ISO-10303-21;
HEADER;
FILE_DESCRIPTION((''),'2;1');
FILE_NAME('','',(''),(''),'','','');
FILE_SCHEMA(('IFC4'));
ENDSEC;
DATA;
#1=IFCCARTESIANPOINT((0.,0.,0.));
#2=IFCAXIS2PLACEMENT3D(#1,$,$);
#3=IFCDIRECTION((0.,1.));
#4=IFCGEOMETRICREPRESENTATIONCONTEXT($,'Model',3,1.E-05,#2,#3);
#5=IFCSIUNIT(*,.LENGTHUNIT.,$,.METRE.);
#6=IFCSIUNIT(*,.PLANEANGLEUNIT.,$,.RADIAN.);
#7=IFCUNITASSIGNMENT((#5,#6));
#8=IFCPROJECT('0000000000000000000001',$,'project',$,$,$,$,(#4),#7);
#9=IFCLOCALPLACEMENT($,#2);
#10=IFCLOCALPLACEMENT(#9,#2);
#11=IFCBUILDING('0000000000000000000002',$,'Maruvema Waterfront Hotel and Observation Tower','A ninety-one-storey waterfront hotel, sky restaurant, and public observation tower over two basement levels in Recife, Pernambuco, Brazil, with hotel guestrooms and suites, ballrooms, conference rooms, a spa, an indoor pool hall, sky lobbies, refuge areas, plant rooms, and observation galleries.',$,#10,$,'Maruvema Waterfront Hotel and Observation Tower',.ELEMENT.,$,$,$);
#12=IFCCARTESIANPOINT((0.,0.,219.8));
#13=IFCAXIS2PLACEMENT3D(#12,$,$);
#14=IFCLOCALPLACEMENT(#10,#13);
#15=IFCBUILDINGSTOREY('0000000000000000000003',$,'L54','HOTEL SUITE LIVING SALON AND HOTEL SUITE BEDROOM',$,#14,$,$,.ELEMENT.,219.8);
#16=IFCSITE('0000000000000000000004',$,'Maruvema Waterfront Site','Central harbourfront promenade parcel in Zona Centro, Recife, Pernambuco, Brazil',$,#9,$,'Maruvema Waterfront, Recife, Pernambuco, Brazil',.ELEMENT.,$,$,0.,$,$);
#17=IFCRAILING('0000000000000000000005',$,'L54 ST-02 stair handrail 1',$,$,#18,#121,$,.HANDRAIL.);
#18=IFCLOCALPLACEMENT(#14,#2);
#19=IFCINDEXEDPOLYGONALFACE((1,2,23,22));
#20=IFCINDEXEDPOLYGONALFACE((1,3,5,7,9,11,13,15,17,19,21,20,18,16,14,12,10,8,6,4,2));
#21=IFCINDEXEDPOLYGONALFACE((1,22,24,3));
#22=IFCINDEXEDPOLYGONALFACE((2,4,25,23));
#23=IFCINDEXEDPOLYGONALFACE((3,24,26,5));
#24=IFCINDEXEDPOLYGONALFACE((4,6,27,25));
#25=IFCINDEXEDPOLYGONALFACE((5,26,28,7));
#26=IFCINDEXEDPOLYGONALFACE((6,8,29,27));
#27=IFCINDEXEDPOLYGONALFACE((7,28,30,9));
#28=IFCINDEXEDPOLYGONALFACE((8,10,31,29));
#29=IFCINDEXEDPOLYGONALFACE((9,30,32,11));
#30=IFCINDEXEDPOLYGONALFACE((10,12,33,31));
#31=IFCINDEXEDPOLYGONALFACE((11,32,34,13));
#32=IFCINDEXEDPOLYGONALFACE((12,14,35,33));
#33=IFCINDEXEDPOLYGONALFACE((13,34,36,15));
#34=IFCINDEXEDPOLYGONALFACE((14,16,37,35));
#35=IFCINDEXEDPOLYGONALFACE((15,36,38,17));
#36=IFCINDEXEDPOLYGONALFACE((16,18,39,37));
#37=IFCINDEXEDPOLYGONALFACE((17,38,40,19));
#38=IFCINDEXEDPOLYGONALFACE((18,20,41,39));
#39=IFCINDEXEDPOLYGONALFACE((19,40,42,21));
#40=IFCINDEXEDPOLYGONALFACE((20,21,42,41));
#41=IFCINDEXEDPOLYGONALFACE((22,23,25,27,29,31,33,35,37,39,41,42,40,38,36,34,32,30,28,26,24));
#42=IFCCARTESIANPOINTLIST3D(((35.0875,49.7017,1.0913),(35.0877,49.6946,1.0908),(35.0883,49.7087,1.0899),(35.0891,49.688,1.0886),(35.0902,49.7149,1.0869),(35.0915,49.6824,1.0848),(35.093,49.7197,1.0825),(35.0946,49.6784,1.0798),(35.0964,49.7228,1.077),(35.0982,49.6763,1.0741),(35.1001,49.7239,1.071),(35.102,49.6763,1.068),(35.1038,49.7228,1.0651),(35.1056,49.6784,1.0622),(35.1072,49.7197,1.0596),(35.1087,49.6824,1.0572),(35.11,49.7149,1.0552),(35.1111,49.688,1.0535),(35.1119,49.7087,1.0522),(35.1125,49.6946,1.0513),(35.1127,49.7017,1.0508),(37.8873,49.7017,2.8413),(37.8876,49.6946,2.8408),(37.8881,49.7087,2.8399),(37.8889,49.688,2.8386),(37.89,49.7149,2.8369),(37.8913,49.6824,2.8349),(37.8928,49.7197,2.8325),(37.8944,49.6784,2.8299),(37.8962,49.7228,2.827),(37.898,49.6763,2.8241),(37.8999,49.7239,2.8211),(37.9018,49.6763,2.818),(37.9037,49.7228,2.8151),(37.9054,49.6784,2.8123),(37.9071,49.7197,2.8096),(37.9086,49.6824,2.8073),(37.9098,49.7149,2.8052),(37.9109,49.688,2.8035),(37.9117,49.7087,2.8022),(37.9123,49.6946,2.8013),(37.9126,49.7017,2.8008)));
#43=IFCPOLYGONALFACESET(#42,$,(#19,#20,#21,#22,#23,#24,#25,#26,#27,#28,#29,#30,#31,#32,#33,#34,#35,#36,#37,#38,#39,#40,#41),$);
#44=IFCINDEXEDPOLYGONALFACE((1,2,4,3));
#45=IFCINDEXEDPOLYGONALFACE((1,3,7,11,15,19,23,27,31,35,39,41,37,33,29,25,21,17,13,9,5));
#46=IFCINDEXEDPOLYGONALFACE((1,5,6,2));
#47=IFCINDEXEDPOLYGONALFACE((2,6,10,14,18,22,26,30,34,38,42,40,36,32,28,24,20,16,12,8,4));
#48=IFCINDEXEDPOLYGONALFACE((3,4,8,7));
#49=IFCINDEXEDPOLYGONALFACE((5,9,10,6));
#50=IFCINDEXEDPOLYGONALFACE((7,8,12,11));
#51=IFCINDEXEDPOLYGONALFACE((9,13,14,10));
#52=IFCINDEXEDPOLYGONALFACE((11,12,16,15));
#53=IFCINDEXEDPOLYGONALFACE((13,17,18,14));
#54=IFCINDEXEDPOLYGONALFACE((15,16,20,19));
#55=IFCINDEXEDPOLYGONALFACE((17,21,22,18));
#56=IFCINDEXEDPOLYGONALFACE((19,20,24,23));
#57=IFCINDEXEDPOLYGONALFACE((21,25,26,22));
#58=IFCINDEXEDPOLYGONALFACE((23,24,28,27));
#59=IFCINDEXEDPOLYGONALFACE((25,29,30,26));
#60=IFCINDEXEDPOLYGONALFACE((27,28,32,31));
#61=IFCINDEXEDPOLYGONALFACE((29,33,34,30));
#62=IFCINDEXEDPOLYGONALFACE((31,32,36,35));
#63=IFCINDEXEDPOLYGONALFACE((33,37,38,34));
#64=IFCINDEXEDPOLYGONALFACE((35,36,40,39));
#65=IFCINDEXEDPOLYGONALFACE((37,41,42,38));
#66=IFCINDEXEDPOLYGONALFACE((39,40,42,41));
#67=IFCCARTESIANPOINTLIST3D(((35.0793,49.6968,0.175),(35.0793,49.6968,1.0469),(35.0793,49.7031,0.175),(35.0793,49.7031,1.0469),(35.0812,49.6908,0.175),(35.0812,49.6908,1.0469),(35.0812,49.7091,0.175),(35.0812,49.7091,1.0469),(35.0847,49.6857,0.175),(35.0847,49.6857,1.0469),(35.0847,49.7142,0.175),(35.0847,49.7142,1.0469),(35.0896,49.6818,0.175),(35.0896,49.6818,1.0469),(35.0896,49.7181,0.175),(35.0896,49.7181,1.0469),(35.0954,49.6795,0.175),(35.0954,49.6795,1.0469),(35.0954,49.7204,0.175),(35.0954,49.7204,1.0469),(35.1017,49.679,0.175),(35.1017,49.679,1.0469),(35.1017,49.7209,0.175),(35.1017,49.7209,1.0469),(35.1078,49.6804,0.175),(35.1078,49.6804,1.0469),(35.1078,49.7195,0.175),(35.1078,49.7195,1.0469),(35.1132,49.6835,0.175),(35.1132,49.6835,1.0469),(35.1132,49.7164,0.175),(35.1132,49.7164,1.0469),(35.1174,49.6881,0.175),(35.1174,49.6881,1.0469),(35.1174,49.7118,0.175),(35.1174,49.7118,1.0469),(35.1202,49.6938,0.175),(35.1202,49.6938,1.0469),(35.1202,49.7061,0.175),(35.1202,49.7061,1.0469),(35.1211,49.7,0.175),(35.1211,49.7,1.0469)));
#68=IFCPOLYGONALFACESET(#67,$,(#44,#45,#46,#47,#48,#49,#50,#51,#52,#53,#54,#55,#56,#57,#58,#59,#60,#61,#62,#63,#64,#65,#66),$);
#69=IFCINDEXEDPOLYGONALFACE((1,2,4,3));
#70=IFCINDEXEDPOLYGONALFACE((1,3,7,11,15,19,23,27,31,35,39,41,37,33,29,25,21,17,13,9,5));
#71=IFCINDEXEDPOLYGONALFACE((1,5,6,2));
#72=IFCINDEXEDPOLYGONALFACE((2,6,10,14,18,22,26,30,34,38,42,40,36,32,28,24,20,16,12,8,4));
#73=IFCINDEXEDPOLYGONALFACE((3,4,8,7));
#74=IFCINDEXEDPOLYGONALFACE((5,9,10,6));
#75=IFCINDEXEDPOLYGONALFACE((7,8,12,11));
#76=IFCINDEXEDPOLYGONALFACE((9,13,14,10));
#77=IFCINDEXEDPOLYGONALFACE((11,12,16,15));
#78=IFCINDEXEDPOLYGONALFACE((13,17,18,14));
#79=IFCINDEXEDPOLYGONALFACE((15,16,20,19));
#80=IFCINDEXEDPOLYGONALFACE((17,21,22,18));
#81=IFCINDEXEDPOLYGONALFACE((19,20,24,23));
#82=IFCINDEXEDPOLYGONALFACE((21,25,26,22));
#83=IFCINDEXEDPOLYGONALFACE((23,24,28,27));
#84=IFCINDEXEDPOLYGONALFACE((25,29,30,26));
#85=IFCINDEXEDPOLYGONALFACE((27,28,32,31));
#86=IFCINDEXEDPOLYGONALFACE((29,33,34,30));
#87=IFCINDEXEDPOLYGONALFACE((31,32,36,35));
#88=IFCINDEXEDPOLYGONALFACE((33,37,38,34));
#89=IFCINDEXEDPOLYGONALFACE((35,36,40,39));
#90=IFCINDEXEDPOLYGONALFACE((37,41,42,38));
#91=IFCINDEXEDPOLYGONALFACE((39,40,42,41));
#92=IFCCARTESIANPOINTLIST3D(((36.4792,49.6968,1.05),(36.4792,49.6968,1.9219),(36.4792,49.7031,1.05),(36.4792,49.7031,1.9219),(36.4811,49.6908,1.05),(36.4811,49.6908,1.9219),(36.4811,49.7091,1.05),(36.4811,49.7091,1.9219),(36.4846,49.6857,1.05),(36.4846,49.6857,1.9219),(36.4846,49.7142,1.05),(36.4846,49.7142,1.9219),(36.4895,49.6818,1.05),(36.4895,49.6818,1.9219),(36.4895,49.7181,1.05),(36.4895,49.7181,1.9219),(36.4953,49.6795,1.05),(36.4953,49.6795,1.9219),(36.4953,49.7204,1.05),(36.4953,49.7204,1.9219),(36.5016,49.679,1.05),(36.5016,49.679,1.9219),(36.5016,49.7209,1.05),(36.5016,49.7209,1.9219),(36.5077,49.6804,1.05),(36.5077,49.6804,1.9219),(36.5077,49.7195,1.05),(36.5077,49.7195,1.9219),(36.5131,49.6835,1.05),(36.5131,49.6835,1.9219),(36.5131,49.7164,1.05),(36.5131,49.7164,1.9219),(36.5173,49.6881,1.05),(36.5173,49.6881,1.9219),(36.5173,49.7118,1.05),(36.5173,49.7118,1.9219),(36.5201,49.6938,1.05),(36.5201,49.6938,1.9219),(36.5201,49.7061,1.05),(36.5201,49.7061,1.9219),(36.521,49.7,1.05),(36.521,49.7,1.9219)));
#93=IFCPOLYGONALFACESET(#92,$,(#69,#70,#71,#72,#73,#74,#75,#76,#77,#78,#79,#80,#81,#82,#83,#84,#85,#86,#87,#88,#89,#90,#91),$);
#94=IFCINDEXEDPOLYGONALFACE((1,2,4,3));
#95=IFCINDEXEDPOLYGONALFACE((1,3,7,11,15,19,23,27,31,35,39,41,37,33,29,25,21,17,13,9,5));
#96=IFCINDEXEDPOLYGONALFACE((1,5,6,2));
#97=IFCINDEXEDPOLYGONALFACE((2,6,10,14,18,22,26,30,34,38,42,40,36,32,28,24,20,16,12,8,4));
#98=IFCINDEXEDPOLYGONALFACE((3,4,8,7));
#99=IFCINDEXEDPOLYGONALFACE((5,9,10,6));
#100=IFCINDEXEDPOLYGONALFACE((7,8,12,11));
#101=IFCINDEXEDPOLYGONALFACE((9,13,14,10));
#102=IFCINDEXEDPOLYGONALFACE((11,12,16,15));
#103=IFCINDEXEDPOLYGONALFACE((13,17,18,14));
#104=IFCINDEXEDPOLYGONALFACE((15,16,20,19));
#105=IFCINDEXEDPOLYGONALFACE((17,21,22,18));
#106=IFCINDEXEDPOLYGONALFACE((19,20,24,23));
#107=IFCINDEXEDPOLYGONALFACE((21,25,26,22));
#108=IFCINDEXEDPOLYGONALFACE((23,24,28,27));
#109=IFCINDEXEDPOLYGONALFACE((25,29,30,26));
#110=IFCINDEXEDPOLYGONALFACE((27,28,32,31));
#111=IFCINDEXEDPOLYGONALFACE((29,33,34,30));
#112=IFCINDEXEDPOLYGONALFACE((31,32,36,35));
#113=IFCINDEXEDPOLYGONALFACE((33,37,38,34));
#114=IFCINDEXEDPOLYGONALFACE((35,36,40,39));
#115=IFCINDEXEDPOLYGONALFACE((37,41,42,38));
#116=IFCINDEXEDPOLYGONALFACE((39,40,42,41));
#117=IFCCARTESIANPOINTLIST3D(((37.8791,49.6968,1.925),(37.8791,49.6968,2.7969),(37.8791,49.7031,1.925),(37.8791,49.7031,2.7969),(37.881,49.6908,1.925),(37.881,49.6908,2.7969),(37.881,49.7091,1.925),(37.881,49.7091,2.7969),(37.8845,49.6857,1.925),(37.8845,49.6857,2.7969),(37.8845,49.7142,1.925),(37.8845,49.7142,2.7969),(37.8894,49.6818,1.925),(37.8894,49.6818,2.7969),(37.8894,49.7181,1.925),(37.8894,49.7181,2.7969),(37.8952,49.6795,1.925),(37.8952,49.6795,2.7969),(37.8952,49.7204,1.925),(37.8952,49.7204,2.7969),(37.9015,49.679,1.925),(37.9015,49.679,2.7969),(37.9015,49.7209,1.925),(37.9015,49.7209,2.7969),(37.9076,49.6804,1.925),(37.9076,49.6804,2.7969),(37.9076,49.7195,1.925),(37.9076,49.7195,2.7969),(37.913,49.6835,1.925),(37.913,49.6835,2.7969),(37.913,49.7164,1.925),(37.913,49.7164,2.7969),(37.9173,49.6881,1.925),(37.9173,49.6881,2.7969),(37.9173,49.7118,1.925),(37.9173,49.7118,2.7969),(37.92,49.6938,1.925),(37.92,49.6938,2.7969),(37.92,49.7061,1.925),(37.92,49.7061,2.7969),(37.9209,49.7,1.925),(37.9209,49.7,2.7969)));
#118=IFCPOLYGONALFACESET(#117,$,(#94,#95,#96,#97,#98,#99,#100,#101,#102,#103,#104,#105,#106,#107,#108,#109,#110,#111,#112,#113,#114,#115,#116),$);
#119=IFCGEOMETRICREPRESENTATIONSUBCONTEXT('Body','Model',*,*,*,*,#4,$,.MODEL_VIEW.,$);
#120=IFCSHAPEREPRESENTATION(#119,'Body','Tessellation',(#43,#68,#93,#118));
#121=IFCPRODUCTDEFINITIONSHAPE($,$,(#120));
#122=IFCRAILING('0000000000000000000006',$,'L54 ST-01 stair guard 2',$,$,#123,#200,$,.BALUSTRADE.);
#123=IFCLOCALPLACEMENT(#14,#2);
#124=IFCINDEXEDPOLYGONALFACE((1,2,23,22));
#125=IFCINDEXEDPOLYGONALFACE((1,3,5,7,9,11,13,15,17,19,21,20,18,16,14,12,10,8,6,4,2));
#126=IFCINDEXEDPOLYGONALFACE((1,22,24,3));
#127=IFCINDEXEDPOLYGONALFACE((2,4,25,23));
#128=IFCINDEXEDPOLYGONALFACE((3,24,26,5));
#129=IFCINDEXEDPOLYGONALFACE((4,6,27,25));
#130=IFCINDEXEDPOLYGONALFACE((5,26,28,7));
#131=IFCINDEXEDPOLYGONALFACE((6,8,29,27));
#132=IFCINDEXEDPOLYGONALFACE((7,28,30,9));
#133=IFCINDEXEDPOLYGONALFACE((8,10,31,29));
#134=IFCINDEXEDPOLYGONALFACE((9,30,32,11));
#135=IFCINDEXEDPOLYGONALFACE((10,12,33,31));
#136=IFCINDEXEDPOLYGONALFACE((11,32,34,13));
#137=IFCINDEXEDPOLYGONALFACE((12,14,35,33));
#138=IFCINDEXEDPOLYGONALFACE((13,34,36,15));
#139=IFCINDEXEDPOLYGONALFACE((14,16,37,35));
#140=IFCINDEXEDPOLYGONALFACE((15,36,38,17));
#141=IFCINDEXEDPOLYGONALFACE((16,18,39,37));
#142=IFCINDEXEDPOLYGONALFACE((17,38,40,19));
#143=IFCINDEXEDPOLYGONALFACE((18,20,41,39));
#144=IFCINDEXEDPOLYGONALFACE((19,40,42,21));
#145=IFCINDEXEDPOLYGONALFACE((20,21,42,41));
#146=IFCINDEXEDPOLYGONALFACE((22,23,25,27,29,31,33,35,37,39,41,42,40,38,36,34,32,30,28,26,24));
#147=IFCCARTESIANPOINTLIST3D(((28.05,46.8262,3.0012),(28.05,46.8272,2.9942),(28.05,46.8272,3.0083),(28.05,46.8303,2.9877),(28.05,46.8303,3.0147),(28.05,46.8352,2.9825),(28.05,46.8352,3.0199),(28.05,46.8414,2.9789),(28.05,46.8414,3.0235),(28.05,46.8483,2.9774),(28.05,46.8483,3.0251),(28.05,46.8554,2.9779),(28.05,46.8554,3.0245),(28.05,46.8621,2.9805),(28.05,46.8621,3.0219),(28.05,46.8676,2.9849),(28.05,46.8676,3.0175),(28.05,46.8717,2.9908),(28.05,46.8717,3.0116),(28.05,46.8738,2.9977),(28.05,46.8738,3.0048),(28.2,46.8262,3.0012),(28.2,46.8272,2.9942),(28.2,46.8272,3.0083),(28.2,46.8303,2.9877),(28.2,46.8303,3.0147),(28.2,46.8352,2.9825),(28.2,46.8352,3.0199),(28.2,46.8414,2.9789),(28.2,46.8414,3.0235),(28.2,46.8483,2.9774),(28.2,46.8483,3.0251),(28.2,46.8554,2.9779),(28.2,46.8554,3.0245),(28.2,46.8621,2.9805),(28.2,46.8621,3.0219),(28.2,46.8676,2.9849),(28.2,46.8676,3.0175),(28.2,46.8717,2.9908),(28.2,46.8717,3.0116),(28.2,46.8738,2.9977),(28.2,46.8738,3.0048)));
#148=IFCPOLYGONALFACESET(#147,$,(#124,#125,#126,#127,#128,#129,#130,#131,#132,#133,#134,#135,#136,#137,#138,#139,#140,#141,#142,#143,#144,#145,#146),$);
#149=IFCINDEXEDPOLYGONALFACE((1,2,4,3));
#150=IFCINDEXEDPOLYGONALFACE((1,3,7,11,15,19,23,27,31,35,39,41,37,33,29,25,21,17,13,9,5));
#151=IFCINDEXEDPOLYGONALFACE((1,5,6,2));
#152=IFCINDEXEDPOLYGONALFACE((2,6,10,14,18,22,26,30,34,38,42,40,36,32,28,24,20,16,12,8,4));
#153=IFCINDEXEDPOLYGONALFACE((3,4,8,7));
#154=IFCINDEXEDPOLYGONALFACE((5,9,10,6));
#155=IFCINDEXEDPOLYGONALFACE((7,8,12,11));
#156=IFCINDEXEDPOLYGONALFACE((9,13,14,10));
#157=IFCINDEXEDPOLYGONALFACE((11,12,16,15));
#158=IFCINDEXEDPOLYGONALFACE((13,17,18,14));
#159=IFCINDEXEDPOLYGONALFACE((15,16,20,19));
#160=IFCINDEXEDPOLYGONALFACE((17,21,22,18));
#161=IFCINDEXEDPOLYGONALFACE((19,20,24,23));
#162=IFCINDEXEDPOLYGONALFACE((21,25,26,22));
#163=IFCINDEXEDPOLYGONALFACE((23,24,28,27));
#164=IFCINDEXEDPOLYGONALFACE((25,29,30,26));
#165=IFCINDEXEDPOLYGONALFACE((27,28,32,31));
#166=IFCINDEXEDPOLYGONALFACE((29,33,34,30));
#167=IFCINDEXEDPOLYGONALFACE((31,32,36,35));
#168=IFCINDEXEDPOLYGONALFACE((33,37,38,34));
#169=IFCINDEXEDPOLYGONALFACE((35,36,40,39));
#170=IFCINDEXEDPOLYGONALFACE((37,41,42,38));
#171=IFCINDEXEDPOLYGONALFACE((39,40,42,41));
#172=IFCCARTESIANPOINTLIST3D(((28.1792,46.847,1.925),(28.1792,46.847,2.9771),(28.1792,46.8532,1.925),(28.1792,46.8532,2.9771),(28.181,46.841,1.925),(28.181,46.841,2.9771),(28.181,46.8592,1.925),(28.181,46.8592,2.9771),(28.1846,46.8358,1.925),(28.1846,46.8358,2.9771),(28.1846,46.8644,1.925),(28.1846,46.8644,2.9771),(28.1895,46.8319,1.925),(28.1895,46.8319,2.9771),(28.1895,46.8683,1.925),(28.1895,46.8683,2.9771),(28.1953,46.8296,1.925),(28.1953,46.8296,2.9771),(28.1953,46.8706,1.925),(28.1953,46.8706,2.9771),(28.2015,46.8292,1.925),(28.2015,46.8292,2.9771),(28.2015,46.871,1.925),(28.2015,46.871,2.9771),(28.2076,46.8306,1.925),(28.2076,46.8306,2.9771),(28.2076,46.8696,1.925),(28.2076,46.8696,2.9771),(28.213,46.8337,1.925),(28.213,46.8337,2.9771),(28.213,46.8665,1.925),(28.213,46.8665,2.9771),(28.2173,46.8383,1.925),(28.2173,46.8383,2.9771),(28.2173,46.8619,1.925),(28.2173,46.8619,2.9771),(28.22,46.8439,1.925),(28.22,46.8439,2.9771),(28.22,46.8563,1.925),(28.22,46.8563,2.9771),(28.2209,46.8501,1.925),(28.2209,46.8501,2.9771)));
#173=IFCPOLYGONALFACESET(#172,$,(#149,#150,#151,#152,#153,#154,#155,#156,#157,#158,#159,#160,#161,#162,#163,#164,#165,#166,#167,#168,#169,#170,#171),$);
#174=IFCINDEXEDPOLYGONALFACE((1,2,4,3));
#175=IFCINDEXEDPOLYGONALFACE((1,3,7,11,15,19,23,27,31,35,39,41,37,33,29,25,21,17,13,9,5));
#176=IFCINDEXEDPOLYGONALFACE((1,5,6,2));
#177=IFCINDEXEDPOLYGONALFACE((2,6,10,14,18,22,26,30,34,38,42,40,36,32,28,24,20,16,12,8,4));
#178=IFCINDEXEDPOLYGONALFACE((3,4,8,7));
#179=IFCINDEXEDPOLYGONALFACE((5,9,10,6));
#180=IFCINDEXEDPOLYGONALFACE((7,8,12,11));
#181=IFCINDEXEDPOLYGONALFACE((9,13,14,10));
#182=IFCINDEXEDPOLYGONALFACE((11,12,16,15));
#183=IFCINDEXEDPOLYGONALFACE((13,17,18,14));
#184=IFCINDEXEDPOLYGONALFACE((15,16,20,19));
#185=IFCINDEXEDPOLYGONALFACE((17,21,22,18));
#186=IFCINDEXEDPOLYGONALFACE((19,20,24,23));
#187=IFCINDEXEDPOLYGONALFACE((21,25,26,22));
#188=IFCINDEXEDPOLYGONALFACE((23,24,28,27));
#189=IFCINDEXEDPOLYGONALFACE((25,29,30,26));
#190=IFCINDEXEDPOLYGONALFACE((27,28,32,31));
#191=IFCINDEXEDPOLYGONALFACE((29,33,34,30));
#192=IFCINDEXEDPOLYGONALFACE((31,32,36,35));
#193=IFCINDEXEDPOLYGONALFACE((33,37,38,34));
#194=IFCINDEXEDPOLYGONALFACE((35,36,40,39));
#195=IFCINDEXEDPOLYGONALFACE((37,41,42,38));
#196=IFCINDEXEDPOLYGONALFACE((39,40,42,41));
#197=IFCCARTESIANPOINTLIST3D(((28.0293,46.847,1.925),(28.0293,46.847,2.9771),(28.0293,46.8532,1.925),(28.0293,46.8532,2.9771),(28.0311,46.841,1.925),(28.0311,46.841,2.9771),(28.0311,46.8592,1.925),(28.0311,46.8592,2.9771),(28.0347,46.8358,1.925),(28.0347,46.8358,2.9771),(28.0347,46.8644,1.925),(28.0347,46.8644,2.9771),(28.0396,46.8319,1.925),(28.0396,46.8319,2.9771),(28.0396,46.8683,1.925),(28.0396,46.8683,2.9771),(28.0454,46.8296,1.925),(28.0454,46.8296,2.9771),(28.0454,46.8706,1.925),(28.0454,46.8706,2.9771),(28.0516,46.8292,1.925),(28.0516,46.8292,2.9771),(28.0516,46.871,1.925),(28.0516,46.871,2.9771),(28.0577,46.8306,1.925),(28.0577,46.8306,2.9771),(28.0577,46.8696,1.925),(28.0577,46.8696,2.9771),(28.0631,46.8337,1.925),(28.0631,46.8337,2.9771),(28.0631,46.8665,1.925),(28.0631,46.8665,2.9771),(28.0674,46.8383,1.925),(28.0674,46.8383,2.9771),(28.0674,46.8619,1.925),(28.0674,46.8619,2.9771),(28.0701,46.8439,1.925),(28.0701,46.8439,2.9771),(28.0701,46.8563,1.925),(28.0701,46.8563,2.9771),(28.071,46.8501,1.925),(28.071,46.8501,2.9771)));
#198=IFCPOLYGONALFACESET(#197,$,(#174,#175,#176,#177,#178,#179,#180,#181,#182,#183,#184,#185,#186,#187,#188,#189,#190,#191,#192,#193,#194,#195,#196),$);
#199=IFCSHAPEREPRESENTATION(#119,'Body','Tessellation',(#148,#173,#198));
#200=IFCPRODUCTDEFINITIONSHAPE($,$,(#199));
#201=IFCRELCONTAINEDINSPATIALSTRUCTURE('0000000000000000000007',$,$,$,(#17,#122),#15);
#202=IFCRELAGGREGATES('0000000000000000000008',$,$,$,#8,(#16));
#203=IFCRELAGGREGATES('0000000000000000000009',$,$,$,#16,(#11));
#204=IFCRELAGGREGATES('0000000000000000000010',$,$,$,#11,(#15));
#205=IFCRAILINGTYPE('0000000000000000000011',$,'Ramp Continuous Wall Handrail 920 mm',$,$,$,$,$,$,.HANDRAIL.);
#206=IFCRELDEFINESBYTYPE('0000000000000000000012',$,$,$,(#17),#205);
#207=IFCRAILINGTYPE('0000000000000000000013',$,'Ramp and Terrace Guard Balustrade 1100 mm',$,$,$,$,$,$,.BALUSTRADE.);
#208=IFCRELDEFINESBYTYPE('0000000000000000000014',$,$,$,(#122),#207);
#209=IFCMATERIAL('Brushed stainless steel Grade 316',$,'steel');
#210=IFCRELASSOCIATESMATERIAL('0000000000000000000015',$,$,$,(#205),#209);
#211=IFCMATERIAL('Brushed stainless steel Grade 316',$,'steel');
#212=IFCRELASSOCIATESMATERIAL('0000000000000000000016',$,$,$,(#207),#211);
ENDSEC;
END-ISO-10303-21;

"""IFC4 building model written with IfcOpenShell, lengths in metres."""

from ifc_helpers import new_model, si_unit, direction, frame, origin, origin_2d, place, context, subcontext, project, spatial, circle, extrude, material, type_object, element, save


model = new_model("IFC4")

# Units and contexts
model_context = context("Model", 3, precision=1e-05, world=origin(), true_north=direction((0.0, 1.0)))
body_context = subcontext(model_context, "Body", "Model", "MODEL_VIEW")
ifc_project = project(units=[si_unit("LENGTHUNIT", "METRE"), si_unit("PLANEANGLEUNIT", "RADIAN")], contexts=[model_context])

# Site, building, storey
site_placement = place(None, origin())
site = spatial("IfcSite", under=ifc_project, at=site_placement, Name="Maruvema Waterfront Site", Description="Central harbourfront promenade parcel in Zona Centro, Recife, Pernambuco, Brazil", LongName="Maruvema Waterfront, Recife, Pernambuco, Brazil", CompositionType="ELEMENT", RefElevation=0.0)
building_placement = place(site_placement, origin())
building = spatial("IfcBuilding", under=site, at=building_placement, Name="Maruvema Waterfront Hotel and Observation Tower", Description="A ninety-one-storey waterfront hotel, sky restaurant, and public observation tower over two basement levels in Recife, Pernambuco, Brazil, with hotel guestrooms and suites, ballrooms, conference rooms, a spa, an indoor pool hall, sky lobbies, refuge areas, plant rooms, and observation galleries.", LongName="Maruvema Waterfront Hotel and Observation Tower", CompositionType="ELEMENT")
storey_placement = place(building_placement, frame((0.0, 0.0, 219.8)))
storey = spatial("IfcBuildingStorey", under=building, at=storey_placement, Name="L54", Description="HOTEL SUITE LIVING SALON AND HOTEL SUITE BEDROOM", CompositionType="ELEMENT", Elevation=219.8)

# Railings
ifc_material_1 = material(Name="Brushed stainless steel Grade 316", Category="steel")
railing_type_1 = type_object("IfcRailingType", Name="Ramp Continuous Wall Handrail 920 mm", PredefinedType="HANDRAIL", material=ifc_material_1)
railing_1_placement = place(storey_placement, frame((35.1001, 49.7, 0.175)))
element("IfcRailing", 1, at=railing_1_placement, inside=storey, type_object=railing_type_1, Name="L54 ST-02 stair handrail 1", PredefinedType="HANDRAIL", context=body_context, shape_type="SweptSolid", body=[
    extrude(circle(Radius=0.0239, at=origin_2d()), frame((0.0, 0.0, 0.896), z_axis=(0.847982, 0.0, 0.530026), x_axis=(0.0, 1.0, 0.0)), (0.0, 0.0, 1.0), 3.3018),
    extrude(circle(Radius=0.021, at=origin_2d()), origin(), (0.0, 0.0, 1.0), 0.8718),
    extrude(circle(Radius=0.021, at=origin_2d()), frame((1.3999, 0.0, 0.875)), (0.0, 0.0, 1.0), 0.8718),
    extrude(circle(Radius=0.021, at=origin_2d()), frame((2.7998, 0.0, 1.75)), (0.0, 0.0, 1.0), 0.8718),
])
ifc_material_2 = material(Name="Brushed stainless steel Grade 316", Category="steel")
railing_type_2 = type_object("IfcRailingType", Name="Ramp and Terrace Guard Balustrade 1100 mm", PredefinedType="BALUSTRADE", material=ifc_material_2)
railing_2_placement = place(storey_placement, frame((28.2, 46.8501, 1.925)))
element("IfcRailing", 2, at=railing_2_placement, inside=storey, type_object=railing_type_2, Name="L54 ST-01 stair guard 2", PredefinedType="BALUSTRADE", context=body_context, shape_type="SweptSolid", body=[
    extrude(circle(Radius=0.0239, at=origin_2d()), frame((0.0, 0.0, 1.0762), z_axis=(-1.0, 0.0, 0.0), x_axis=(0.0, -1.0, 0.0)), (0.0, 0.0, 1.0), 0.1499),
    extrude(circle(Radius=0.021, at=origin_2d()), origin(), (0.0, 0.0, 1.0), 1.052),
    extrude(circle(Radius=0.021, at=origin_2d()), frame((-0.1499, 0.0, 0.0)), (0.0, 0.0, 1.0), 1.052),
])

save(model, "model.ifc")
